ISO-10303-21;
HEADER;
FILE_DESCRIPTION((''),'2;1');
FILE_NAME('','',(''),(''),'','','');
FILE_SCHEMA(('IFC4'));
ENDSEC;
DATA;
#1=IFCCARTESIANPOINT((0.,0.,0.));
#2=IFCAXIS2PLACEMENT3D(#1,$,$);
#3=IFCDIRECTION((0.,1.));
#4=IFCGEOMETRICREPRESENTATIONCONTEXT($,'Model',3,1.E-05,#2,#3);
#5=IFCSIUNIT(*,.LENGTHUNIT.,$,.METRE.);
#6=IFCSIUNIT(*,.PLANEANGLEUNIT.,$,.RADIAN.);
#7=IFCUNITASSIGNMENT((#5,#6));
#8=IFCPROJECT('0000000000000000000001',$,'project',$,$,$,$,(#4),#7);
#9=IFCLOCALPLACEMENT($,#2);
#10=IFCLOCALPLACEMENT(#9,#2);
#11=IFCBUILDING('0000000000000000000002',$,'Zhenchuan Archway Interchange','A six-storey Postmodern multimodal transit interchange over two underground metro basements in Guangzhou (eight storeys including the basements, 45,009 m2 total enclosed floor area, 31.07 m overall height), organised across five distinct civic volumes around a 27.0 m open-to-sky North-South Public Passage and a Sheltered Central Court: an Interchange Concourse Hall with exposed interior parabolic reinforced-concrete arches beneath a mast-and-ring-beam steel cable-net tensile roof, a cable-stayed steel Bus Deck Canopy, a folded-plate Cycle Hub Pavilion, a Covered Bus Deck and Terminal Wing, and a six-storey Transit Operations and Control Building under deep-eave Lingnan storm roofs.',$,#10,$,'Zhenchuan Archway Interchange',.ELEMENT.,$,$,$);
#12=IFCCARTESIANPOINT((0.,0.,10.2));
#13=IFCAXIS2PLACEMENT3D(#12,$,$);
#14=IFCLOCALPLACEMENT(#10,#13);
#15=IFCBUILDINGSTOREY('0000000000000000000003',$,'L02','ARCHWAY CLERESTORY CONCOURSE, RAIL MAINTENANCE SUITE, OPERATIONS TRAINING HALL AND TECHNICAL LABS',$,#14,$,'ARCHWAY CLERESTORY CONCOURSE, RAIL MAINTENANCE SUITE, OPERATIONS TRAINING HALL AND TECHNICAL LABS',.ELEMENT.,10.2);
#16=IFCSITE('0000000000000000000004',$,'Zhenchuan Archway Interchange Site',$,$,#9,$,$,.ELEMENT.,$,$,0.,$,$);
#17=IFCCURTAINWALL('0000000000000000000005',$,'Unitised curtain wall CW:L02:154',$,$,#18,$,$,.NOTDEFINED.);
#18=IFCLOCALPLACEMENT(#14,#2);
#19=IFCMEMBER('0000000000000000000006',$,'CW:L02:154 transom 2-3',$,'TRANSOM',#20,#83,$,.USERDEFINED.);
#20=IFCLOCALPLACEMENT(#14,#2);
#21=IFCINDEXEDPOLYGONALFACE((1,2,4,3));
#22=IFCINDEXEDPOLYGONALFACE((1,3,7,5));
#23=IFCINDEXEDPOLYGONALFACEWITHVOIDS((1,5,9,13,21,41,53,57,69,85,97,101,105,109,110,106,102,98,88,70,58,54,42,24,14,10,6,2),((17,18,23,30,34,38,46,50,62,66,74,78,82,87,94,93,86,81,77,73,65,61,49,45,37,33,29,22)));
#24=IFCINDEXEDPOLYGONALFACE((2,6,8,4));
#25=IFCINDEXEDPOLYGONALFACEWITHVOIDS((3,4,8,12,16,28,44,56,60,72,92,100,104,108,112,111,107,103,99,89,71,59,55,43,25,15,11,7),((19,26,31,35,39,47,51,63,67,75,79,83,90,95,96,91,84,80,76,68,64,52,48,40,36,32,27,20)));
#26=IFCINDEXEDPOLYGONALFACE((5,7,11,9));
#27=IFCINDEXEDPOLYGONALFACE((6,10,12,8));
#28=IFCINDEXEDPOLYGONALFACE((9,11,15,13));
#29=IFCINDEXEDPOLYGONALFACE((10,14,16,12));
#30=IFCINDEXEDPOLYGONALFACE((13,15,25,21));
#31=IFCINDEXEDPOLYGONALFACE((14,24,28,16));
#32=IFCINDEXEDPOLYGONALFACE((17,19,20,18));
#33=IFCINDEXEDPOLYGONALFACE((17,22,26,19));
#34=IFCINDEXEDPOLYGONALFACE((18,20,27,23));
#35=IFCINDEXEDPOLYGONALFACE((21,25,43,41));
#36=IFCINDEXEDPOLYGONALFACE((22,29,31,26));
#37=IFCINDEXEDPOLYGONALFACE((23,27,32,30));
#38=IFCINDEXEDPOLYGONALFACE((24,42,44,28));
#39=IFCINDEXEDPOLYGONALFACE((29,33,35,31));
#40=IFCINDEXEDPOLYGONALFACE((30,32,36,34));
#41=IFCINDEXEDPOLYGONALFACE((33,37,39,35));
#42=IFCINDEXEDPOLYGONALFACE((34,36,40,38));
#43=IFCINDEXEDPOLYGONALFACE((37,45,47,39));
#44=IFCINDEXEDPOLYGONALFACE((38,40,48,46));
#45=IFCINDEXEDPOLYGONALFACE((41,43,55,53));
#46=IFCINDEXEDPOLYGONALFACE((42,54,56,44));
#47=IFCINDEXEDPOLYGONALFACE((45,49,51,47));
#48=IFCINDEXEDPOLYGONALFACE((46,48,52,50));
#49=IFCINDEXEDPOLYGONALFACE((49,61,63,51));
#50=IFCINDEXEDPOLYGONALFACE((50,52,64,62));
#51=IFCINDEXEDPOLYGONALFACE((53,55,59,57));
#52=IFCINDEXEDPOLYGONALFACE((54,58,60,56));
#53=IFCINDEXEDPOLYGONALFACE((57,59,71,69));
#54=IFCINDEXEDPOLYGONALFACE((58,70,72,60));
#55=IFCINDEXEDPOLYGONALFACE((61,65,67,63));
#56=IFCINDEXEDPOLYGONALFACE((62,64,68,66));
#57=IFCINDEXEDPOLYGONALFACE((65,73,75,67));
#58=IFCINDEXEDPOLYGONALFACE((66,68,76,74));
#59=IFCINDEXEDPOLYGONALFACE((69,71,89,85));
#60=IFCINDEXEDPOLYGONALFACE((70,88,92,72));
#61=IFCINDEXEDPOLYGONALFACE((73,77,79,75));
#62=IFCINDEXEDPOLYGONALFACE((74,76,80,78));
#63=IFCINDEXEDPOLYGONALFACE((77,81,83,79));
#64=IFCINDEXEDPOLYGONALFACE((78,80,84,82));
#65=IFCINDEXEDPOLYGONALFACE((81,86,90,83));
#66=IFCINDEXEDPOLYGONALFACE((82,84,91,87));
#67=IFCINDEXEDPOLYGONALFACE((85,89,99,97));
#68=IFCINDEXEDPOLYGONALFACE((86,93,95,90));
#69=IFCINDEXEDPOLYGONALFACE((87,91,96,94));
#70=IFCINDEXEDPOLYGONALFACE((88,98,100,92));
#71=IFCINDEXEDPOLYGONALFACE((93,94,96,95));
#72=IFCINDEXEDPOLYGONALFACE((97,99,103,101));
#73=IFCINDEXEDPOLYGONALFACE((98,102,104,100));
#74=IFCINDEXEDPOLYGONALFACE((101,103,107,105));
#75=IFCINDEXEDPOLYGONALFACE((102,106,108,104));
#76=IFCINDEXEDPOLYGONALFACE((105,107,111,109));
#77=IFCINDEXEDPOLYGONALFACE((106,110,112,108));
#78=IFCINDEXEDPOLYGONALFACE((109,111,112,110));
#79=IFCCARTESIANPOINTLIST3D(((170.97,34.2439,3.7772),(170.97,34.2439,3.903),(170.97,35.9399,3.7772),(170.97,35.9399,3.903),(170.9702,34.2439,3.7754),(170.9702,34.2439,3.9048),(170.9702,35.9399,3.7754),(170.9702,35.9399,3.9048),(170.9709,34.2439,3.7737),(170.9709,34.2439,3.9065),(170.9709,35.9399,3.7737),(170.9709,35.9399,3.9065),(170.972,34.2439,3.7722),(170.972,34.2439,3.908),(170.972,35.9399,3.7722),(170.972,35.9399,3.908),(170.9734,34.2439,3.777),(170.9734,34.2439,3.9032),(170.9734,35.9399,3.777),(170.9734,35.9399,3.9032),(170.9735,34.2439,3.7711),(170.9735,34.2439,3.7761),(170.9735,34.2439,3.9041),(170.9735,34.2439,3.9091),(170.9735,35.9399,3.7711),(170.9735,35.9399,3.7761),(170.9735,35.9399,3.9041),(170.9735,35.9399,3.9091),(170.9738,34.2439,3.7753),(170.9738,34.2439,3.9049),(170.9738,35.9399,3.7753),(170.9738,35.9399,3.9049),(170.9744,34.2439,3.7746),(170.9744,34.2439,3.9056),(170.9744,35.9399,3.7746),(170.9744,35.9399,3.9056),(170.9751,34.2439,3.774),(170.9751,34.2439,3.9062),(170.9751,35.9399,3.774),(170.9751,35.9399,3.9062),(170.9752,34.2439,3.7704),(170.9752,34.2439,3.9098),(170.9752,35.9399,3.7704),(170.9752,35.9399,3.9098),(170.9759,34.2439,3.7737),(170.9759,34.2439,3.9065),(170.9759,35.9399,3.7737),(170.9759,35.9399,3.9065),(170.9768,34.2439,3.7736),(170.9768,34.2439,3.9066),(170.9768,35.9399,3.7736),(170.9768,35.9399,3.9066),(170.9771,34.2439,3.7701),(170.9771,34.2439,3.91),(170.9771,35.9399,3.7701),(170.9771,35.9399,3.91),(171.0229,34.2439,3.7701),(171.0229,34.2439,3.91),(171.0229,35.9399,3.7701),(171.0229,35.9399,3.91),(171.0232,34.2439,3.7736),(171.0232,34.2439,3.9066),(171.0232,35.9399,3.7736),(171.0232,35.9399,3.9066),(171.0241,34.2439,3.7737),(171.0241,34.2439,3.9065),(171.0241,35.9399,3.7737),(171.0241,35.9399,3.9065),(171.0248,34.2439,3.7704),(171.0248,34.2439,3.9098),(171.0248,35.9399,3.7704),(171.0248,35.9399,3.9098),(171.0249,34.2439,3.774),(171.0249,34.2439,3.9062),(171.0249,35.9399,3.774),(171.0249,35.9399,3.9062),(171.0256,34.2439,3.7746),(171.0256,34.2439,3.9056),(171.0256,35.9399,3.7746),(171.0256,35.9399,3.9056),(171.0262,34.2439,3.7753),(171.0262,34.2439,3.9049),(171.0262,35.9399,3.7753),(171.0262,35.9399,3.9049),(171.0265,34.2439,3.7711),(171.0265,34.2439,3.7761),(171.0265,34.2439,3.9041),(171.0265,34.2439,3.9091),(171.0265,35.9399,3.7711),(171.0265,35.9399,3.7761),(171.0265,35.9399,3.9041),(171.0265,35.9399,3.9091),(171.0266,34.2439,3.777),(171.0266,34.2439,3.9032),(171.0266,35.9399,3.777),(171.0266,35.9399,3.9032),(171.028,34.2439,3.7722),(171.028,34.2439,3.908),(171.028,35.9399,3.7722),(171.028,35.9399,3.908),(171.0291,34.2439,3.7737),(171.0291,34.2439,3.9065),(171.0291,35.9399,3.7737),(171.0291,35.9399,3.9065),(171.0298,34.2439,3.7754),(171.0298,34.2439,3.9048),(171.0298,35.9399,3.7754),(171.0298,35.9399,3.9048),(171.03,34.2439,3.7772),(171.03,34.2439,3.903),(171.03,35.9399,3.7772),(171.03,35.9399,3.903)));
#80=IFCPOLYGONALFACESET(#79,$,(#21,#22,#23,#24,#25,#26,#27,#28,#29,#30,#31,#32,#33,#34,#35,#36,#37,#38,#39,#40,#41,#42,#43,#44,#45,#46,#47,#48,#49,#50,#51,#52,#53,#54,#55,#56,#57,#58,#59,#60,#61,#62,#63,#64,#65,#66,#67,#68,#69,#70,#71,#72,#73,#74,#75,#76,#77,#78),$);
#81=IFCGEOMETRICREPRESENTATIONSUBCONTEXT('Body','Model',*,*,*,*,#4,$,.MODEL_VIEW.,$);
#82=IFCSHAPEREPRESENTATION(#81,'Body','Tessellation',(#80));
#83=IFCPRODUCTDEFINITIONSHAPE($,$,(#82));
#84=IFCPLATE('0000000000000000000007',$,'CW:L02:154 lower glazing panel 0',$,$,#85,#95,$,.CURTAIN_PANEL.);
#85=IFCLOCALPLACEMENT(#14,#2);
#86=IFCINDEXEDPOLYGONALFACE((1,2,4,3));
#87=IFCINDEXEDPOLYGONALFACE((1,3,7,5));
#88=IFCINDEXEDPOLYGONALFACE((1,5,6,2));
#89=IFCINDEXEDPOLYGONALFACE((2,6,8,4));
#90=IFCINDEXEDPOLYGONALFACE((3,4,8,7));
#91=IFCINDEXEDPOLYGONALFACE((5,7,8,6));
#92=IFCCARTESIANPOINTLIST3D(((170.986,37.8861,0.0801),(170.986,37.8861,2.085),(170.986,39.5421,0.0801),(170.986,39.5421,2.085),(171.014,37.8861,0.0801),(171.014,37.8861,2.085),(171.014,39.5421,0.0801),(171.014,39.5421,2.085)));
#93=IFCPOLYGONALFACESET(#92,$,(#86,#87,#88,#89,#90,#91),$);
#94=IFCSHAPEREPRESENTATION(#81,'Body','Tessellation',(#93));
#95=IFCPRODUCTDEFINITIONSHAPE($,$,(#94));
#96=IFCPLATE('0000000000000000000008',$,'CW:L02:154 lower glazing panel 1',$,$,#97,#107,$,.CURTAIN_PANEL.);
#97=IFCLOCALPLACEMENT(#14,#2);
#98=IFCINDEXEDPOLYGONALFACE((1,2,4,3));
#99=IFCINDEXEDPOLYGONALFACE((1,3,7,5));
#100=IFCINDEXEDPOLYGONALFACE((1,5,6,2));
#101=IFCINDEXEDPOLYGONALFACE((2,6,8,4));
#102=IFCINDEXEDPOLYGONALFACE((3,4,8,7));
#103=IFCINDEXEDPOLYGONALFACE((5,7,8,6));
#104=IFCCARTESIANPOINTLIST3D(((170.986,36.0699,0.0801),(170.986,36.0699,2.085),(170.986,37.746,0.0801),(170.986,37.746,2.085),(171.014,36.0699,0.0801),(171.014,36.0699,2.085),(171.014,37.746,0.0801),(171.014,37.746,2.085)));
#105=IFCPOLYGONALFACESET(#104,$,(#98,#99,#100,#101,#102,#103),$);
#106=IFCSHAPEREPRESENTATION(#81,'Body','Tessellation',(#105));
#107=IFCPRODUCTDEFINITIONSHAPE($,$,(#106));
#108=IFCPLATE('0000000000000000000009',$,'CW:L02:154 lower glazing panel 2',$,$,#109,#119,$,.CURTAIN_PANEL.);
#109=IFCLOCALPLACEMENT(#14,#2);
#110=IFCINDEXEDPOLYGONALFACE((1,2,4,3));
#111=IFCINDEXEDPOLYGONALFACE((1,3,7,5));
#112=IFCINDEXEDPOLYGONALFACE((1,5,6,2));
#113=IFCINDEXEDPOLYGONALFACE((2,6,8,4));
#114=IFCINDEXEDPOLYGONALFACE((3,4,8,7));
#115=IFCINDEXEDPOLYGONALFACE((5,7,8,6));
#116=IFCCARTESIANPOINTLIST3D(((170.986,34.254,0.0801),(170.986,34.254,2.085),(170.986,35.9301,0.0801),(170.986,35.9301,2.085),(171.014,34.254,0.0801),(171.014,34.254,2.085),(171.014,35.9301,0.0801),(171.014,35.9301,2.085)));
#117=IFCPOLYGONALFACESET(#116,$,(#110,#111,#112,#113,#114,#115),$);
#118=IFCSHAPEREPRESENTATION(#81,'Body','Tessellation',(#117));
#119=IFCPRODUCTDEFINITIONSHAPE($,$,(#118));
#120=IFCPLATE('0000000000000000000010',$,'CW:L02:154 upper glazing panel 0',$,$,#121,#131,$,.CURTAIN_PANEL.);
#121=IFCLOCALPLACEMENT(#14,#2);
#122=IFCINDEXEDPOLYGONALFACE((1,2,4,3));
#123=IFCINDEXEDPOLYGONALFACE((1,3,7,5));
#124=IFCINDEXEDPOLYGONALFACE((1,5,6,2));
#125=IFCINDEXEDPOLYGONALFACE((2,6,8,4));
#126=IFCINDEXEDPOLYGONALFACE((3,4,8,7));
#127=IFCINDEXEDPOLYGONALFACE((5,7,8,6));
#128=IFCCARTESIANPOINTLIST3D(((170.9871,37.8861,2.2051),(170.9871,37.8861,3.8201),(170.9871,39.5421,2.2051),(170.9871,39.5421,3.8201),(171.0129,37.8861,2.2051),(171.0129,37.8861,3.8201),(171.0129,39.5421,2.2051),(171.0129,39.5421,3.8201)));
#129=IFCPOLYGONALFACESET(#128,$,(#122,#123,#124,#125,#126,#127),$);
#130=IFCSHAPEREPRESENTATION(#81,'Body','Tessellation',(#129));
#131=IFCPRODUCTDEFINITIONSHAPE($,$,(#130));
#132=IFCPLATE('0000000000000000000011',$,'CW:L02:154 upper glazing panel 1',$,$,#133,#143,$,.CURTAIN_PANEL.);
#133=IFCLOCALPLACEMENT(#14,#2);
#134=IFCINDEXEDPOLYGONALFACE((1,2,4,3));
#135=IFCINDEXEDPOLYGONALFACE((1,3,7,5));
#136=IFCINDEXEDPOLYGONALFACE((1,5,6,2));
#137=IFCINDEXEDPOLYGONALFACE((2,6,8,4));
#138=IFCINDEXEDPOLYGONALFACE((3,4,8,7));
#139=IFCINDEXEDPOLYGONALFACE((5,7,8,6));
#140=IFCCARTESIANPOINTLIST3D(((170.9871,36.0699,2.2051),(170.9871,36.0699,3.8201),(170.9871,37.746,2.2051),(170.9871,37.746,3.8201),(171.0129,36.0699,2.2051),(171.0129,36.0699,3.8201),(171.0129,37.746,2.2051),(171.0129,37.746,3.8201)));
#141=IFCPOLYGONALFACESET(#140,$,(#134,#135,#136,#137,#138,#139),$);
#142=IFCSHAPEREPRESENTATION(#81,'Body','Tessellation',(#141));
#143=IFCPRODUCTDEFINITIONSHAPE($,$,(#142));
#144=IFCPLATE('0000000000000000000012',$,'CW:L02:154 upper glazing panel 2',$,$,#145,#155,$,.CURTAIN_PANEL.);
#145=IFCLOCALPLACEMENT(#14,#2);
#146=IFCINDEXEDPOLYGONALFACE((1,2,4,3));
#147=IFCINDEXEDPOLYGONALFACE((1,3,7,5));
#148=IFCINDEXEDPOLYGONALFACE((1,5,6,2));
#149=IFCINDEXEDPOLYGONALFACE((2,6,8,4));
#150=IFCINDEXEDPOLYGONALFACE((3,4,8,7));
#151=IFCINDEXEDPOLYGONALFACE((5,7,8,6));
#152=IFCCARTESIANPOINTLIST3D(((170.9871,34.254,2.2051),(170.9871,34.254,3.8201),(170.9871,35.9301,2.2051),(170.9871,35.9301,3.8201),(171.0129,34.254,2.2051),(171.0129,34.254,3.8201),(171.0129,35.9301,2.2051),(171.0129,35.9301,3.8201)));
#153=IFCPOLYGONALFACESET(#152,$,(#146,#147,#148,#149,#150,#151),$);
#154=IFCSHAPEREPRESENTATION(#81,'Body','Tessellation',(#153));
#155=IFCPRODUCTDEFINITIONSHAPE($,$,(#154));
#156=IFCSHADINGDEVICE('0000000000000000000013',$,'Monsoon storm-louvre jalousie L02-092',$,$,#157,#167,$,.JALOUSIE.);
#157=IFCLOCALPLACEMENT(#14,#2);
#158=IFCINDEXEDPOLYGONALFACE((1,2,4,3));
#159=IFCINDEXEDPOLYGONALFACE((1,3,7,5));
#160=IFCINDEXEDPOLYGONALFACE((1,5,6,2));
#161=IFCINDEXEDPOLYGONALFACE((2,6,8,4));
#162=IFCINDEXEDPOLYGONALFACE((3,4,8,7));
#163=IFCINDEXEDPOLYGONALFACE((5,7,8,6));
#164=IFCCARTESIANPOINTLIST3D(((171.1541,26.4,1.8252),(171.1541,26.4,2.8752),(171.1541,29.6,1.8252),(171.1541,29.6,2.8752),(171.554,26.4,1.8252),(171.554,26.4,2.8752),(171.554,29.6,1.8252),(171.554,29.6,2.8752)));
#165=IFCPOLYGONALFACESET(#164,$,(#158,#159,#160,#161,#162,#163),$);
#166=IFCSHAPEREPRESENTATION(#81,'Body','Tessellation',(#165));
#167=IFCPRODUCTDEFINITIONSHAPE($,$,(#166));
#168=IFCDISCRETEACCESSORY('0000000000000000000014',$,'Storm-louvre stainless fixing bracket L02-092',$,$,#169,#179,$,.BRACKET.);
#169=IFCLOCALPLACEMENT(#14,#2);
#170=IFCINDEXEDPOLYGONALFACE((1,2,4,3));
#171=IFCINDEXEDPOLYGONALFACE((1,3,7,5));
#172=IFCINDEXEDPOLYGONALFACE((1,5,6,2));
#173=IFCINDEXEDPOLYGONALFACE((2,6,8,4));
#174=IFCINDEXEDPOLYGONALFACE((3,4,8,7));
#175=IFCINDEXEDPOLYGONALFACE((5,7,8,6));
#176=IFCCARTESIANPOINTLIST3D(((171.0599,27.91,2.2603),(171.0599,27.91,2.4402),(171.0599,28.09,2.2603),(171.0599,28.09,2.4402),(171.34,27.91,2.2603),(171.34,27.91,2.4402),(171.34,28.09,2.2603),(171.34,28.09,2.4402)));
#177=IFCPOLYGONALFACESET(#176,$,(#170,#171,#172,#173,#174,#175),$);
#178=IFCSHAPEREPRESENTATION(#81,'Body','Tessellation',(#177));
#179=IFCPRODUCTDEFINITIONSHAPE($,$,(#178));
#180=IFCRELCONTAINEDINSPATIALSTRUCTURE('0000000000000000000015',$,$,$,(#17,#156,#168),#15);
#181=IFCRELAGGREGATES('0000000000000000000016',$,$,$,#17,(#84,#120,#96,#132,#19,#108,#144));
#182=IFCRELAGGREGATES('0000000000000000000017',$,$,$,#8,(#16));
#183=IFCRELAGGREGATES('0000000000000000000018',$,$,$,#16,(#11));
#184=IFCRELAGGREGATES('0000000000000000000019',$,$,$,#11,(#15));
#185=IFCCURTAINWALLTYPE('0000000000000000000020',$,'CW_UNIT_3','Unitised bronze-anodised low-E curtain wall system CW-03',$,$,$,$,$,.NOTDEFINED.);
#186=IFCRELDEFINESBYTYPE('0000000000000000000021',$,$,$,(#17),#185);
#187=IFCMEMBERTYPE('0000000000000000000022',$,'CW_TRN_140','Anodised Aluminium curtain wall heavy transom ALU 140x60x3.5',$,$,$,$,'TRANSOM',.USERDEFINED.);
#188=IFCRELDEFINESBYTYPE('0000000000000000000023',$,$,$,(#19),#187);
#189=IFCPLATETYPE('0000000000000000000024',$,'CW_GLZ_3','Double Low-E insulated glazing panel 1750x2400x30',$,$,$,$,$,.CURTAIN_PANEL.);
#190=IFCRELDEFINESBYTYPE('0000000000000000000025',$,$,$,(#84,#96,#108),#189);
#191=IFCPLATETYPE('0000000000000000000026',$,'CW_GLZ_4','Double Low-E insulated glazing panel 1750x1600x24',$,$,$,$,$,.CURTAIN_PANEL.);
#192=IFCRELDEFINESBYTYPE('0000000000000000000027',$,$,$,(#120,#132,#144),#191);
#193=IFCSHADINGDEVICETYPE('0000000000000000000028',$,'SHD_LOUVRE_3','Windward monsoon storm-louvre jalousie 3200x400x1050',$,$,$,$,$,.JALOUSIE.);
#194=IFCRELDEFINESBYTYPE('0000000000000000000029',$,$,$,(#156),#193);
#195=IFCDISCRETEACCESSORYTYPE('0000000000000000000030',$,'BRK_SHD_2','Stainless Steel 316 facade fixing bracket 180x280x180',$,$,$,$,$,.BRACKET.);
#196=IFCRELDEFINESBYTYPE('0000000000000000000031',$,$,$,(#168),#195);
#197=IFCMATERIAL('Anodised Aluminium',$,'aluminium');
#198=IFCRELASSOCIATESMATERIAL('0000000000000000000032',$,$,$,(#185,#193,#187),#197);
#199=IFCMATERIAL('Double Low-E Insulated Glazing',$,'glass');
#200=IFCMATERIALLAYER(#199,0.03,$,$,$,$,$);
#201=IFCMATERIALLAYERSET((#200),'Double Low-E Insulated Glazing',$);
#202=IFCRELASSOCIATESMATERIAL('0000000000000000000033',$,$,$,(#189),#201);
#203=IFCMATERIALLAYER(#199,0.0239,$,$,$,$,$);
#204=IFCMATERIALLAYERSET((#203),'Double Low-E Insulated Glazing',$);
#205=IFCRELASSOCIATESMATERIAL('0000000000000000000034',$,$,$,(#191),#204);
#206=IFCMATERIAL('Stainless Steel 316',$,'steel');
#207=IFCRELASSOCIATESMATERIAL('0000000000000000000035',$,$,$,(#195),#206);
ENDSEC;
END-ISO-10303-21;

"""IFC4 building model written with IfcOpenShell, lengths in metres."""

from ifc_helpers import new_model, si_unit, direction, frame, origin, origin_2d, place, context, subcontext, project, spatial, rectangle, hollow_rectangle, extrude, material, layer, layer_set, material_profile, profile_set, type_object, element, aggregate, save


model = new_model("IFC4")

# Units and contexts
model_context = context("Model", 3, precision=1e-05, world=origin(), true_north=direction((0.0, 1.0)))
body_context = subcontext(model_context, "Body", "Model", "MODEL_VIEW")
ifc_project = project(units=[si_unit("LENGTHUNIT", "METRE"), si_unit("PLANEANGLEUNIT", "RADIAN")], contexts=[model_context])

# Site, building, storey
site_placement = place(None, origin())
site = spatial("IfcSite", under=ifc_project, at=site_placement, Name="Zhenchuan Archway Interchange Site", CompositionType="ELEMENT", RefElevation=0.0)
building_placement = place(site_placement, origin())
building = spatial("IfcBuilding", under=site, at=building_placement, Name="Zhenchuan Archway Interchange", Description="A six-storey Postmodern multimodal transit interchange over two underground metro basements in Guangzhou (eight storeys including the basements, 45,009 m2 total enclosed floor area, 31.07 m overall height), organised across five distinct civic volumes around a 27.0 m open-to-sky North-South Public Passage and a Sheltered Central Court: an Interchange Concourse Hall with exposed interior parabolic reinforced-concrete arches beneath a mast-and-ring-beam steel cable-net tensile roof, a cable-stayed steel Bus Deck Canopy, a folded-plate Cycle Hub Pavilion, a Covered Bus Deck and Terminal Wing, and a six-storey Transit Operations and Control Building under deep-eave Lingnan storm roofs.", LongName="Zhenchuan Archway Interchange", CompositionType="ELEMENT")
storey_placement = place(building_placement, frame((0.0, 0.0, 10.2)))
storey = spatial("IfcBuildingStorey", under=building, at=storey_placement, Name="L02", Description="ARCHWAY CLERESTORY CONCOURSE, RAIL MAINTENANCE SUITE, OPERATIONS TRAINING HALL AND TECHNICAL LABS", LongName="ARCHWAY CLERESTORY CONCOURSE, RAIL MAINTENANCE SUITE, OPERATIONS TRAINING HALL AND TECHNICAL LABS", CompositionType="ELEMENT", Elevation=10.2)

# Curtain wall, member, plates
ifc_material_1 = material(Name="Anodised Aluminium", Category="aluminium")
curtain_wall_type = type_object("IfcCurtainWallType", Name="CW_UNIT_3", Description="Unitised bronze-anodised low-E curtain wall system CW-03", PredefinedType="NOTDEFINED", material=ifc_material_1)
curtain_wall_placement = place(storey_placement, origin())
curtain_wall = element("IfcCurtainWall", 1, at=curtain_wall_placement, inside=storey, type_object=curtain_wall_type, Name="Unitised curtain wall CW:L02:154", PredefinedType="NOTDEFINED")
ifc_material_profile_1 = material_profile(ifc_material_1, hollow_rectangle(XDim=0.0601, YDim=0.1399, WallThickness=0.0034, InnerFilletRadius=0.0034, OuterFilletRadius=0.0071, at=origin_2d()), Name="ALU 140x60x3.5")
ifc_profile_set_1 = profile_set([ifc_material_profile_1], Name="Anodised Aluminium")
member_type_1 = type_object("IfcMemberType", Name="CW_TRN_140", Description="Anodised Aluminium curtain wall heavy transom ALU 140x60x3.5", ElementType="TRANSOM", PredefinedType="USERDEFINED", material=ifc_profile_set_1)
member_1_placement = place(storey_placement, frame((171.0, 35.9399, 3.8401), z_axis=(0.0, -1.0, 0.0), x_axis=(1.0, 0.0, 0.0)))
member_1 = element("IfcMember", 2, at=member_1_placement, type_object=member_type_1, Name="CW:L02:154 transom 2-3", ObjectType="TRANSOM", PredefinedType="USERDEFINED", context=body_context, shape_type="SweptSolid", body=[
    extrude(hollow_rectangle(XDim=0.0601, YDim=0.1399, WallThickness=0.0034, InnerFilletRadius=0.0034, OuterFilletRadius=0.0071, at=origin_2d()), origin(), (0.0, 0.0, 1.0), 1.696),
])
ifc_material_2 = material(Name="Double Low-E Insulated Glazing", Category="glass")
ifc_layer_1 = layer(ifc_material_2, 0.03)
ifc_layer_set_1 = layer_set([ifc_layer_1], Name="Double Low-E Insulated Glazing")
plate_type_1 = type_object("IfcPlateType", Name="CW_GLZ_3", Description="Double Low-E insulated glazing panel 1750x2400x30", PredefinedType="CURTAIN_PANEL", material=ifc_layer_set_1)
plate_1_placement = place(storey_placement, frame((171.0, 38.7141, 0.0801), z_axis=(0.0, 0.0, 1.0), x_axis=(0.0, -1.0, 0.0)))
plate_1 = element("IfcPlate", 3, at=plate_1_placement, type_object=plate_type_1, Name="CW:L02:154 lower glazing panel 0", PredefinedType="CURTAIN_PANEL", context=body_context, shape_type="SweptSolid", body=[
    extrude(rectangle(XDim=1.656, YDim=0.0281, at=origin_2d()), origin(), (0.0, 0.0, 1.0), 2.0049),
])
plate_2_placement = place(storey_placement, frame((171.0, 36.908, 0.0801), z_axis=(0.0, 0.0, 1.0), x_axis=(0.0, -1.0, 0.0)))
plate_2 = element("IfcPlate", 4, at=plate_2_placement, type_object=plate_type_1, Name="CW:L02:154 lower glazing panel 1", PredefinedType="CURTAIN_PANEL", context=body_context, shape_type="SweptSolid", body=[
    extrude(rectangle(XDim=1.676, YDim=0.0281, at=origin_2d()), origin(), (0.0, 0.0, 1.0), 2.0049),
])
plate_3_placement = place(storey_placement, frame((171.0, 35.092, 0.0801), z_axis=(0.0, 0.0, 1.0), x_axis=(0.0, -1.0, 0.0)))
plate_3 = element("IfcPlate", 5, at=plate_3_placement, type_object=plate_type_1, Name="CW:L02:154 lower glazing panel 2", PredefinedType="CURTAIN_PANEL", context=body_context, shape_type="SweptSolid", body=[
    extrude(rectangle(XDim=1.676, YDim=0.0281, at=origin_2d()), origin(), (0.0, 0.0, 1.0), 2.0049),
])
ifc_layer_2 = layer(ifc_material_2, 0.0239)
ifc_layer_set_2 = layer_set([ifc_layer_2], Name="Double Low-E Insulated Glazing")
plate_type_2 = type_object("IfcPlateType", Name="CW_GLZ_4", Description="Double Low-E insulated glazing panel 1750x1600x24", PredefinedType="CURTAIN_PANEL", material=ifc_layer_set_2)
plate_4_placement = place(storey_placement, frame((171.0, 38.7141, 2.2051), z_axis=(0.0, 0.0, 1.0), x_axis=(0.0, -1.0, 0.0)))
plate_4 = element("IfcPlate", 6, at=plate_4_placement, type_object=plate_type_2, Name="CW:L02:154 upper glazing panel 0", PredefinedType="CURTAIN_PANEL", context=body_context, shape_type="SweptSolid", body=[
    extrude(rectangle(XDim=1.656, YDim=0.0259, at=origin_2d()), origin(), (0.0, 0.0, 1.0), 1.615),
])
plate_5_placement = place(storey_placement, frame((171.0, 36.908, 2.2051), z_axis=(0.0, 0.0, 1.0), x_axis=(0.0, -1.0, 0.0)))
plate_5 = element("IfcPlate", 7, at=plate_5_placement, type_object=plate_type_2, Name="CW:L02:154 upper glazing panel 1", PredefinedType="CURTAIN_PANEL", context=body_context, shape_type="SweptSolid", body=[
    extrude(rectangle(XDim=1.676, YDim=0.0259, at=origin_2d()), origin(), (0.0, 0.0, 1.0), 1.615),
])
plate_6_placement = place(storey_placement, frame((171.0, 35.092, 2.2051), z_axis=(0.0, 0.0, 1.0), x_axis=(0.0, -1.0, 0.0)))
plate_6 = element("IfcPlate", 8, at=plate_6_placement, type_object=plate_type_2, Name="CW:L02:154 upper glazing panel 2", PredefinedType="CURTAIN_PANEL", context=body_context, shape_type="SweptSolid", body=[
    extrude(rectangle(XDim=1.676, YDim=0.0259, at=origin_2d()), origin(), (0.0, 0.0, 1.0), 1.615),
])
aggregate(curtain_wall, [plate_1, plate_4, plate_2, plate_5, member_1, plate_3, plate_6])

# Shading device
shading_device_type = type_object("IfcShadingDeviceType", Name="SHD_LOUVRE_3", Description="Windward monsoon storm-louvre jalousie 3200x400x1050", PredefinedType="JALOUSIE", material=ifc_material_1)
shading_device_placement = place(storey_placement, frame((171.354, 28.0, 1.8252), z_axis=(0.0, 0.0, 1.0), x_axis=(0.0, -1.0, 0.0)))
element("IfcShadingDevice", 9, at=shading_device_placement, inside=storey, type_object=shading_device_type, Name="Monsoon storm-louvre jalousie L02-092", PredefinedType="JALOUSIE", context=body_context, shape_type="SweptSolid", body=[
    extrude(rectangle(XDim=3.2, YDim=0.3999, at=origin_2d()), origin(), (0.0, 0.0, 1.0), 1.05),
])

# Discrete accessory
ifc_material_3 = material(Name="Stainless Steel 316", Category="steel")
discrete_accessory_type = type_object("IfcDiscreteAccessoryType", Name="BRK_SHD_2", Description="Stainless Steel 316 facade fixing bracket 180x280x180", PredefinedType="BRACKET", material=ifc_material_3)
discrete_accessory_placement = place(storey_placement, frame((171.2, 28.0, 2.2603), z_axis=(0.0, 0.0, 1.0), x_axis=(0.0, -1.0, 0.0)))
element("IfcDiscreteAccessory", 10, at=discrete_accessory_placement, inside=storey, type_object=discrete_accessory_type, Name="Storm-louvre stainless fixing bracket L02-092", PredefinedType="BRACKET", context=body_context, shape_type="SweptSolid", body=[
    extrude(rectangle(XDim=0.1799, YDim=0.28, at=origin_2d()), origin(), (0.0, 0.0, 1.0), 0.1799),
])

save(model, "model.ifc")
